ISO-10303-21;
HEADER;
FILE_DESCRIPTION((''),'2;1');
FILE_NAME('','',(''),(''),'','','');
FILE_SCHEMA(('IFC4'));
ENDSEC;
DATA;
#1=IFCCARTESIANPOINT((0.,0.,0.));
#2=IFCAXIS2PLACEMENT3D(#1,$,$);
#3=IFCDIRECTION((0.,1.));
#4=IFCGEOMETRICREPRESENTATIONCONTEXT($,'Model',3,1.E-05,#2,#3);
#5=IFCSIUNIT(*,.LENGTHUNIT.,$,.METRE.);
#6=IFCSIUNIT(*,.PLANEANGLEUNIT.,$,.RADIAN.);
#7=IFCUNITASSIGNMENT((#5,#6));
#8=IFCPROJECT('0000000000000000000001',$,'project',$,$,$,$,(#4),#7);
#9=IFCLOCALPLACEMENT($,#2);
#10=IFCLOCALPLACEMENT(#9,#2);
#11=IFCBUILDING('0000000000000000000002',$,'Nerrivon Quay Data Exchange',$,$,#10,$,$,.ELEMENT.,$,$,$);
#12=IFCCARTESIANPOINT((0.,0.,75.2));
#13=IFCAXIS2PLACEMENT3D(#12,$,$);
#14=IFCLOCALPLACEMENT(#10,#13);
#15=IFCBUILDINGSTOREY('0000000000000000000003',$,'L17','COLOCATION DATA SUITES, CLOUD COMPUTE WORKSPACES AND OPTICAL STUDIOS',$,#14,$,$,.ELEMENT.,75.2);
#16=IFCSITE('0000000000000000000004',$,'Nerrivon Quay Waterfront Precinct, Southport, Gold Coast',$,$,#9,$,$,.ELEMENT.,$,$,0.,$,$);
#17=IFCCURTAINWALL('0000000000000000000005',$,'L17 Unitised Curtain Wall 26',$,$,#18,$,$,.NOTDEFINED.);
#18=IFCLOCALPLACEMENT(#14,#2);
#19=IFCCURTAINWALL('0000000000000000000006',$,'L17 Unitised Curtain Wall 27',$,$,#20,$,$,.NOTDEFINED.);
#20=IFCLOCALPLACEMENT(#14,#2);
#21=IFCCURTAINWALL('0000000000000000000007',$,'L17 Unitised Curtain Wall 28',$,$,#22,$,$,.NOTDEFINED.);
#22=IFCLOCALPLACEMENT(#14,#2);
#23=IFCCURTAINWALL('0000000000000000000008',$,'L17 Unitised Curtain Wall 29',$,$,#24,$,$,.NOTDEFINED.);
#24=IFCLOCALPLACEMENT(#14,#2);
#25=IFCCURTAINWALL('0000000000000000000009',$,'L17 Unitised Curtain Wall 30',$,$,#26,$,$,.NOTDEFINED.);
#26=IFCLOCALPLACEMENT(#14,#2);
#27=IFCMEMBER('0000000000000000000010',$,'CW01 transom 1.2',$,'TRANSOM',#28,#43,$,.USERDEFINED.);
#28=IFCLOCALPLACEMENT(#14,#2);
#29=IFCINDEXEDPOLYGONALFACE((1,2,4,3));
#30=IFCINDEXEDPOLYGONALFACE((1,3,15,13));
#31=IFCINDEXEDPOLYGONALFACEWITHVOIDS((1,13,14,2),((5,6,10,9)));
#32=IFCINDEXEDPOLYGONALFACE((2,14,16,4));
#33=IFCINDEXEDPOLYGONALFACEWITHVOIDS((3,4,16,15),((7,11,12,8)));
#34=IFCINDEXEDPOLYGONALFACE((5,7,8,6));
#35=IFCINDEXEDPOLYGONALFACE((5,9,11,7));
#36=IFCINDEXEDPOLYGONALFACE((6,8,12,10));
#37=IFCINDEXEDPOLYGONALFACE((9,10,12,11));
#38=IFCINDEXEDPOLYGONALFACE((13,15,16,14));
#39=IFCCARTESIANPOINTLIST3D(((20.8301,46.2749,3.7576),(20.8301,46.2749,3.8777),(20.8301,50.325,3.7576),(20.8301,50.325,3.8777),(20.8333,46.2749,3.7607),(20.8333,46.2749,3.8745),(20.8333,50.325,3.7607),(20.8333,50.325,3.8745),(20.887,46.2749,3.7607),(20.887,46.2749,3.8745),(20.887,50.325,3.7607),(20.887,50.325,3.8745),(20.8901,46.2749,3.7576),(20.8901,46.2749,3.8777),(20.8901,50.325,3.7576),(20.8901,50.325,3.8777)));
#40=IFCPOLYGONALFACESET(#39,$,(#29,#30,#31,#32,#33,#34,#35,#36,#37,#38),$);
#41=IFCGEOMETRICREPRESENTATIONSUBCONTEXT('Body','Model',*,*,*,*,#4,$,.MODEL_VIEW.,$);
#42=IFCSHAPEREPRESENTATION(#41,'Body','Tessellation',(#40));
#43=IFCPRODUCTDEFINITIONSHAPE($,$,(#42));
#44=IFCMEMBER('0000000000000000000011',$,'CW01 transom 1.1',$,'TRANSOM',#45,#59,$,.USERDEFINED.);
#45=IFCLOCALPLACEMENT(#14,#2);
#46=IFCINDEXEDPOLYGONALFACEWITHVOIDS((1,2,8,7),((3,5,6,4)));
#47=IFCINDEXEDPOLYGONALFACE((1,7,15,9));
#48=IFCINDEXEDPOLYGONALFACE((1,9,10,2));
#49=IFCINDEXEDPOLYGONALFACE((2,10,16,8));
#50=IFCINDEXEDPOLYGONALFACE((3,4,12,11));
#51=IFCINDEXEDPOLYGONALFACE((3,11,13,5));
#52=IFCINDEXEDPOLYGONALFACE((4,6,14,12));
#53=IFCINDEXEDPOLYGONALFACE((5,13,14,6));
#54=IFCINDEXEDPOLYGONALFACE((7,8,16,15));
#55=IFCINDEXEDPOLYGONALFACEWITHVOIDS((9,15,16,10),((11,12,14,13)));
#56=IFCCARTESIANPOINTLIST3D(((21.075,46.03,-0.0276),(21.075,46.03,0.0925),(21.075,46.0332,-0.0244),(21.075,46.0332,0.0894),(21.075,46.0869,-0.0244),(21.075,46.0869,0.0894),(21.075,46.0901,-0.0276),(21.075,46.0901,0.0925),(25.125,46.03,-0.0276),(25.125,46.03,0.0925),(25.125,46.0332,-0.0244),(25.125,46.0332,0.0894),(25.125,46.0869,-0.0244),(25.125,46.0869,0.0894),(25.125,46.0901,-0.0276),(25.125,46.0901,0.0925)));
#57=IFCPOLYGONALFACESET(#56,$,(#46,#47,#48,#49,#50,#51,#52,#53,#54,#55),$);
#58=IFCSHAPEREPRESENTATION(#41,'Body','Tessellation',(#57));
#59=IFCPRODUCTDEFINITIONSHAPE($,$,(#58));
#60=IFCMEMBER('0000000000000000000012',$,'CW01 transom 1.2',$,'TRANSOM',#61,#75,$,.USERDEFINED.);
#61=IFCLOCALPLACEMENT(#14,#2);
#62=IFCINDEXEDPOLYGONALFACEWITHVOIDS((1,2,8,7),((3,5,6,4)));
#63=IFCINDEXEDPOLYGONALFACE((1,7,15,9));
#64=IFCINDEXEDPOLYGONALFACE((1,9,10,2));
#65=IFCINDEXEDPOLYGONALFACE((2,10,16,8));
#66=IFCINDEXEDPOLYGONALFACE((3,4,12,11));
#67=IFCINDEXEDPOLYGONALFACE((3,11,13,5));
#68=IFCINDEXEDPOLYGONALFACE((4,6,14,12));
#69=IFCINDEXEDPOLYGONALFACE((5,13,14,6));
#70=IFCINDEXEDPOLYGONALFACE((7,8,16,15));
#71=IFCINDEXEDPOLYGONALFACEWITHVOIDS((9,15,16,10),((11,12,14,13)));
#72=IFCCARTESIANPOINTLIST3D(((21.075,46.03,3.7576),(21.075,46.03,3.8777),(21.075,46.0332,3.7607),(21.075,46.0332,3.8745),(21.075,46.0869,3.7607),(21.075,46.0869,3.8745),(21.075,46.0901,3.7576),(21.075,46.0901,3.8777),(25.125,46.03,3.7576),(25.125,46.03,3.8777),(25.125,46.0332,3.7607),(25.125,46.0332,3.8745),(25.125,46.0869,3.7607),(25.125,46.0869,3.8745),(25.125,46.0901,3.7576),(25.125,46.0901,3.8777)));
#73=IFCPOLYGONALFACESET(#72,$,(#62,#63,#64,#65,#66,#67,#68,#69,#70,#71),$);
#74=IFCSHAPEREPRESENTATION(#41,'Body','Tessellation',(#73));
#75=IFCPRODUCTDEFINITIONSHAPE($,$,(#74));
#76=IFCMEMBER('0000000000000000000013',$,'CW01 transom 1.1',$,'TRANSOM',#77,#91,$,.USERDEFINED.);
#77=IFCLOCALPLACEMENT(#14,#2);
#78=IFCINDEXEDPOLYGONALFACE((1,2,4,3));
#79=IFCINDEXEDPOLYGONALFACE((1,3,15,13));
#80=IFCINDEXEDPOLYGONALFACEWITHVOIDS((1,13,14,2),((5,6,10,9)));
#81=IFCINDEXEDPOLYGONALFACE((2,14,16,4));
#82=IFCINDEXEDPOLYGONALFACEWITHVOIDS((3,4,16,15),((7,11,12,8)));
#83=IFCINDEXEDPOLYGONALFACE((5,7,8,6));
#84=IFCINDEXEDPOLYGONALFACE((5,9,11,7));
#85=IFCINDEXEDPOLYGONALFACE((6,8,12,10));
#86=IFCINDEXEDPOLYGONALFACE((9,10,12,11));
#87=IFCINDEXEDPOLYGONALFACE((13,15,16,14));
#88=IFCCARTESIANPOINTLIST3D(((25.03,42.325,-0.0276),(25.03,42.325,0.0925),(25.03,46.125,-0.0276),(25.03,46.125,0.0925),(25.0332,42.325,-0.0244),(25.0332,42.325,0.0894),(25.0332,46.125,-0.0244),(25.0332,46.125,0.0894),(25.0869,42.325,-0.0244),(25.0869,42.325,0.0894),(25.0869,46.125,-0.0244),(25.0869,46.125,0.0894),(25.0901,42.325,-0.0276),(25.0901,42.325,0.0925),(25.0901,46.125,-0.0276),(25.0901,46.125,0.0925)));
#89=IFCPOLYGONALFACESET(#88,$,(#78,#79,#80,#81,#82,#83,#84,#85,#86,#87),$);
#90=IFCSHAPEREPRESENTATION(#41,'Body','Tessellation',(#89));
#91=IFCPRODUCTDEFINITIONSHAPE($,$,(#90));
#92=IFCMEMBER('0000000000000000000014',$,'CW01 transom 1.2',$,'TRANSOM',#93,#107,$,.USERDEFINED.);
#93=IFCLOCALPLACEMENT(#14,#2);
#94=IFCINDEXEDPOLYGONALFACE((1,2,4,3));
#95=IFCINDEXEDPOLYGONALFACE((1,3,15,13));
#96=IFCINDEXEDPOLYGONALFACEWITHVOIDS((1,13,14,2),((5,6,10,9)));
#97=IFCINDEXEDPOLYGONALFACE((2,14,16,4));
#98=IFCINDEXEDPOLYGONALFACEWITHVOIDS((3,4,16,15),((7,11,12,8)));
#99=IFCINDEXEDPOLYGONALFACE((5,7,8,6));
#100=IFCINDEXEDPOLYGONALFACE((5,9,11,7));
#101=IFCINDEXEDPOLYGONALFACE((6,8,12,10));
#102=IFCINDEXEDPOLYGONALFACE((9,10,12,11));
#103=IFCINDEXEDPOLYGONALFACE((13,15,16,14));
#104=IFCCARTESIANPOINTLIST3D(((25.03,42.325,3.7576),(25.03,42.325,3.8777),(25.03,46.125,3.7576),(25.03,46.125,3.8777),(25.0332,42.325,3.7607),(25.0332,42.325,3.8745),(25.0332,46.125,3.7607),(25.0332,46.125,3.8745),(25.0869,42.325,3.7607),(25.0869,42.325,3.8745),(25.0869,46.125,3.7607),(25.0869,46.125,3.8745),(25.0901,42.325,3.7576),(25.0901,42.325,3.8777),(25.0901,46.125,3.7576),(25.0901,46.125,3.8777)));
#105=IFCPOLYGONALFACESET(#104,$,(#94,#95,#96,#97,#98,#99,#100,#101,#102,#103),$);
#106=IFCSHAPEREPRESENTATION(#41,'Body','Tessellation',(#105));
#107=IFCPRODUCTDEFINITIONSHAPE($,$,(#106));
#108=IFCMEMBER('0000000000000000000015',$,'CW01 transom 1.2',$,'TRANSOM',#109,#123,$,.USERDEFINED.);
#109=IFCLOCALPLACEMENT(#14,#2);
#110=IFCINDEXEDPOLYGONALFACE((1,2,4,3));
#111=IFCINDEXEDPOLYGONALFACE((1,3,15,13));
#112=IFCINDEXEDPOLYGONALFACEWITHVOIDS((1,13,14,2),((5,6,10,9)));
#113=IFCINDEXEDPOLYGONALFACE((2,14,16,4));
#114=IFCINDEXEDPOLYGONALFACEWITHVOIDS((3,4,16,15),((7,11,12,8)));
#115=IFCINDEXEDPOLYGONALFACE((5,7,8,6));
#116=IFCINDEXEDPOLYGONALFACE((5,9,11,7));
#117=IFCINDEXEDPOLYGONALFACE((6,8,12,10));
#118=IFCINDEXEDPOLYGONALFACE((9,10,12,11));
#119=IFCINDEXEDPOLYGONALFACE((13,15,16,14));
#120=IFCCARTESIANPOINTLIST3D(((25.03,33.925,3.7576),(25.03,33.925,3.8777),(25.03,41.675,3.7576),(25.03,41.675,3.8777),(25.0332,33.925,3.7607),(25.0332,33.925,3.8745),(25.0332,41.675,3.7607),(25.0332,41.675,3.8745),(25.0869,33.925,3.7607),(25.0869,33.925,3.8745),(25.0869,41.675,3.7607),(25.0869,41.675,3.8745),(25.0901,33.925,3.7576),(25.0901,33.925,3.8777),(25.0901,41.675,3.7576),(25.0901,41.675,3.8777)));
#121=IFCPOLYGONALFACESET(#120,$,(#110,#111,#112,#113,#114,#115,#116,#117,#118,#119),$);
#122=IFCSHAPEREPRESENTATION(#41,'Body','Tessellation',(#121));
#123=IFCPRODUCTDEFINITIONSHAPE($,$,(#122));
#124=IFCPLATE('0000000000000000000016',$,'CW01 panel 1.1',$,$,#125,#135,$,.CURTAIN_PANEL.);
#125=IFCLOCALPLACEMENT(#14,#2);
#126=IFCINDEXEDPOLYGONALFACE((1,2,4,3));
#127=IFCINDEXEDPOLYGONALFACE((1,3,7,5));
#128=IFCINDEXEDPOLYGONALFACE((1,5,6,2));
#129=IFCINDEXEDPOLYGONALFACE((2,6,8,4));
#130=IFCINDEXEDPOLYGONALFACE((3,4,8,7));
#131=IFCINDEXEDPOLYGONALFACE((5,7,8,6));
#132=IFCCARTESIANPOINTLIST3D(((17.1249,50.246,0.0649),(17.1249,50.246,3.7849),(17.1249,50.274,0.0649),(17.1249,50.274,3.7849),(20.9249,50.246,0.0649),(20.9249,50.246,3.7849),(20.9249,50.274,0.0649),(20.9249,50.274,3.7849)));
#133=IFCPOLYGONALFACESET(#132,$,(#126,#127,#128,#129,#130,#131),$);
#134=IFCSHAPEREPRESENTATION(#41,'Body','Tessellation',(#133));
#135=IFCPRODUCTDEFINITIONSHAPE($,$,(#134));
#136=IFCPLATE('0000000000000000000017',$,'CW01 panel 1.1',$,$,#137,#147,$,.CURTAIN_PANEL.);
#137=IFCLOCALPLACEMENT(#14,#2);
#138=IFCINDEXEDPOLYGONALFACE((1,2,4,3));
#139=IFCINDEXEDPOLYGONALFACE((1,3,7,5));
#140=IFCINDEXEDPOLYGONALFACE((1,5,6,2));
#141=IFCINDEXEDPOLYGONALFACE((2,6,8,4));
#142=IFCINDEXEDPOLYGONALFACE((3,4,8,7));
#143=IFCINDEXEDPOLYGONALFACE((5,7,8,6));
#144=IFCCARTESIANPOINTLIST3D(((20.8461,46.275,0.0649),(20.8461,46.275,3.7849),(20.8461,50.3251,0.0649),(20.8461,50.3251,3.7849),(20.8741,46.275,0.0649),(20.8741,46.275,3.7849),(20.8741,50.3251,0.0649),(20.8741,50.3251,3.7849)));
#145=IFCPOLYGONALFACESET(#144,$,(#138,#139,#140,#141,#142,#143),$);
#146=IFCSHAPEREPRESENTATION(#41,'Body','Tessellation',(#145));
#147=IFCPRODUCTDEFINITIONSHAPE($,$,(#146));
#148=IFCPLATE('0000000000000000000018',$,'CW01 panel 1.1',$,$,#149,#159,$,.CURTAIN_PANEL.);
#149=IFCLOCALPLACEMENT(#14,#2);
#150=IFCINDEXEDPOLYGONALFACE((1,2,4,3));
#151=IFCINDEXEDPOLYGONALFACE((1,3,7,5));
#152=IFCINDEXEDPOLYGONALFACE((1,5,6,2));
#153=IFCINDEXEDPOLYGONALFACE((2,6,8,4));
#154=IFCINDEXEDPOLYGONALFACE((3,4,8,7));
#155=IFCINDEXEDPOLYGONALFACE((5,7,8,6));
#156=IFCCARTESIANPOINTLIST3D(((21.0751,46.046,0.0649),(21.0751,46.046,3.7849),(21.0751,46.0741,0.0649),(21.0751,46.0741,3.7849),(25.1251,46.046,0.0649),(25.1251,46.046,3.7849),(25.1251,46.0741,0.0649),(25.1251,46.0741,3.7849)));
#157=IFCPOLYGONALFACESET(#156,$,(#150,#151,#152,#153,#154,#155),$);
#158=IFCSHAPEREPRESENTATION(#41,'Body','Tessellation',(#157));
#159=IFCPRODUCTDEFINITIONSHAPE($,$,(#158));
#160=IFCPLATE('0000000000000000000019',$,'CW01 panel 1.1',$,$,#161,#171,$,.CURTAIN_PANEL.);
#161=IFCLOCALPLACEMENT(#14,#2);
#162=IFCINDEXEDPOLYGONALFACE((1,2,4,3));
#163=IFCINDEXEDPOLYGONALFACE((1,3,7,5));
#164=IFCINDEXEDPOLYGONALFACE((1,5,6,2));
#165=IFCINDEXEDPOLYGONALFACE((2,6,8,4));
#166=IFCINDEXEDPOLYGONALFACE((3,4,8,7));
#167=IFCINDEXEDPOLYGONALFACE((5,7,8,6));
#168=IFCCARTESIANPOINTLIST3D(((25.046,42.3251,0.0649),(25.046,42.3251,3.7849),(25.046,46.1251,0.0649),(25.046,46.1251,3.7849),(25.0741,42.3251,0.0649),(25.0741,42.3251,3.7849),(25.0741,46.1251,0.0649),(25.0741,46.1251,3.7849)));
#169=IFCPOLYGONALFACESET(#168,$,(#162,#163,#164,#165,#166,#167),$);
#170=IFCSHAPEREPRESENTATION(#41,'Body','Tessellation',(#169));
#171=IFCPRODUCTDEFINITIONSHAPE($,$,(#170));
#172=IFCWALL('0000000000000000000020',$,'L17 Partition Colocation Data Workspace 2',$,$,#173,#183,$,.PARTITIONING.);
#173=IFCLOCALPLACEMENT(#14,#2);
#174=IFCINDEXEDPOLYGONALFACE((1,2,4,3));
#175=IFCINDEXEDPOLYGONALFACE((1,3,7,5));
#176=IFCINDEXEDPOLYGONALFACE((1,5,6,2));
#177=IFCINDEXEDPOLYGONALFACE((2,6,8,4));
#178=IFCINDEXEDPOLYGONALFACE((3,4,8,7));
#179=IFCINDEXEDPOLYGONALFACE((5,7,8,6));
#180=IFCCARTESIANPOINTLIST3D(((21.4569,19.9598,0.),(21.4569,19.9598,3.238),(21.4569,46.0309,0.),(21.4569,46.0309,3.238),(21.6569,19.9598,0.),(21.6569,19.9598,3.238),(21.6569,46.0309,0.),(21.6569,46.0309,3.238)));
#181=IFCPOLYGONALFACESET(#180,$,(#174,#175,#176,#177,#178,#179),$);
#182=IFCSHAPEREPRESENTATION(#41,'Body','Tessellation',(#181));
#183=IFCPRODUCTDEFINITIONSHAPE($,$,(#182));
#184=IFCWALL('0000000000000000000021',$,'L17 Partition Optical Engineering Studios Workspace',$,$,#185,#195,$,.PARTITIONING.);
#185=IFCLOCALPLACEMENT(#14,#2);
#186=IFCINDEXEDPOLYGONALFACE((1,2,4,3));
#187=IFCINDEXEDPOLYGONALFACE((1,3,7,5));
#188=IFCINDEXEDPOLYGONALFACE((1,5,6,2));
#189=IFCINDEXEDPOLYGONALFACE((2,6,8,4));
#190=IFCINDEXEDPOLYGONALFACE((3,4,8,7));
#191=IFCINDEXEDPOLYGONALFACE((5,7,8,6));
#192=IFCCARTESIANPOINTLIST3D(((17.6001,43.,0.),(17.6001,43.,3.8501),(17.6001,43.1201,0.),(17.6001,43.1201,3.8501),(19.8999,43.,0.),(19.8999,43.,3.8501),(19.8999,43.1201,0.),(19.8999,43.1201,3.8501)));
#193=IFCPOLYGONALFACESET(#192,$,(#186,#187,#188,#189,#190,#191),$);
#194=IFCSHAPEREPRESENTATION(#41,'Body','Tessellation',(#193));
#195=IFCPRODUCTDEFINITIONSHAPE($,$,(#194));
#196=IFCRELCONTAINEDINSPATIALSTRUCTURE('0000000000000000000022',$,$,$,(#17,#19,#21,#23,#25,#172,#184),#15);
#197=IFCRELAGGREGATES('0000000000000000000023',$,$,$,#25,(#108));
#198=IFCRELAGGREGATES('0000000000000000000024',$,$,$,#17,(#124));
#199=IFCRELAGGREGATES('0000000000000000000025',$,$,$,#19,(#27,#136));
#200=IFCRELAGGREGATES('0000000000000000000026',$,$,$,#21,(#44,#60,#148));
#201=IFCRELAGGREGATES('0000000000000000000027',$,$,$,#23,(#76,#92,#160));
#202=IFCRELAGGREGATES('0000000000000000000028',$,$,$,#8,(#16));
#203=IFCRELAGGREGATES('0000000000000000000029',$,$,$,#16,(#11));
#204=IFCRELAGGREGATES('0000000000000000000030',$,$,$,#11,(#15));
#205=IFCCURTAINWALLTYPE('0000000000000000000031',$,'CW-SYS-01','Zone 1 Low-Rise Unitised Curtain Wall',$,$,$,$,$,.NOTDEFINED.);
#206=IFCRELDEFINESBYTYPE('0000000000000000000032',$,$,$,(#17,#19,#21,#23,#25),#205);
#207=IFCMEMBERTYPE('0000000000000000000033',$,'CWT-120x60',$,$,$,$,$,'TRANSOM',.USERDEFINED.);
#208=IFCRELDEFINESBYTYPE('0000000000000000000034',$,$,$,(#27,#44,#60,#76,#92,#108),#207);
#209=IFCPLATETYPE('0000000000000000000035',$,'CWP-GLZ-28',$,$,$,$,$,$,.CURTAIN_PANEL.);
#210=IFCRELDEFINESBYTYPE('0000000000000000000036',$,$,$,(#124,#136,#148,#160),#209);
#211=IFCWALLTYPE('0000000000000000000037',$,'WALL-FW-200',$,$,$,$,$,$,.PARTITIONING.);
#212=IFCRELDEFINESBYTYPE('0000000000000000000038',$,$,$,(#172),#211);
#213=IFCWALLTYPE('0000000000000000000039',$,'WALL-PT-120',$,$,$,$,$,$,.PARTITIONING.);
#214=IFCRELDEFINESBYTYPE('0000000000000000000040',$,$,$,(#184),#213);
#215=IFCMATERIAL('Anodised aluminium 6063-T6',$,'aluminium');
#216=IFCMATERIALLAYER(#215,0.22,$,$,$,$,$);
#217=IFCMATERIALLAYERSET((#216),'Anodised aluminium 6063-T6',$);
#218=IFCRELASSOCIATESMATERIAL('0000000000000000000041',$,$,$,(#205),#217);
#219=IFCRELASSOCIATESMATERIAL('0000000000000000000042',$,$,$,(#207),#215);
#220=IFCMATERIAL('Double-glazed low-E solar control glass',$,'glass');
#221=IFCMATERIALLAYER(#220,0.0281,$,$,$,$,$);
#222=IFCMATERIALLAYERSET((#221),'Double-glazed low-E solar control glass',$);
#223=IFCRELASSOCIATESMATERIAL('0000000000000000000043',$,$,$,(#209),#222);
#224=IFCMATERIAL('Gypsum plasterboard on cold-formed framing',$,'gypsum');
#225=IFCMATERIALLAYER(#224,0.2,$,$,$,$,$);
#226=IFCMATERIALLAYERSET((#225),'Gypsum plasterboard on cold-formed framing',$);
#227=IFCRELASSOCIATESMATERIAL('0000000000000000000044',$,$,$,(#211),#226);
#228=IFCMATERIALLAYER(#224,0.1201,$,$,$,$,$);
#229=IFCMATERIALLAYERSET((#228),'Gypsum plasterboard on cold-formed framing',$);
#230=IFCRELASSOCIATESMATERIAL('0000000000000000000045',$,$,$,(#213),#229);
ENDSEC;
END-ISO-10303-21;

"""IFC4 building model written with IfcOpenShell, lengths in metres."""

from ifc_helpers import new_model, si_unit, direction, frame, frame_2d, origin, origin_2d, place, context, subcontext, project, spatial, rectangle, hollow_rectangle, extrude, material, layer, layer_set, material_profile, profile_set, type_object, element, aggregate, save


model = new_model("IFC4")

# Units and contexts
model_context = context("Model", 3, precision=1e-05, world=origin(), true_north=direction((0.0, 1.0)))
body_context = subcontext(model_context, "Body", "Model", "MODEL_VIEW")
ifc_project = project(units=[si_unit("LENGTHUNIT", "METRE"), si_unit("PLANEANGLEUNIT", "RADIAN")], contexts=[model_context])

# Site, building, storey
site_placement = place(None, origin())
site = spatial("IfcSite", under=ifc_project, at=site_placement, Name="Nerrivon Quay Waterfront Precinct, Southport, Gold Coast", CompositionType="ELEMENT", RefElevation=0.0)
building_placement = place(site_placement, origin())
building = spatial("IfcBuilding", under=site, at=building_placement, Name="Nerrivon Quay Data Exchange", CompositionType="ELEMENT")
storey_placement = place(building_placement, frame((0.0, 0.0, 75.2)))
storey = spatial("IfcBuildingStorey", under=building, at=storey_placement, Name="L17", Description="COLOCATION DATA SUITES, CLOUD COMPUTE WORKSPACES AND OPTICAL STUDIOS", CompositionType="ELEMENT", Elevation=75.2)

# Curtain wall
ifc_material_1 = material(Name="Anodised aluminium 6063-T6", Category="aluminium")
ifc_layer_1 = layer(ifc_material_1, 0.22)
ifc_layer_set_1 = layer_set([ifc_layer_1], Name="Anodised aluminium 6063-T6")
curtain_wall_type = type_object("IfcCurtainWallType", Name="CW-SYS-01", Description="Zone 1 Low-Rise Unitised Curtain Wall", PredefinedType="NOTDEFINED", material=ifc_layer_set_1)
curtain_wall_1_placement = place(storey_placement, origin())
curtain_wall_1 = element("IfcCurtainWall", 1, at=curtain_wall_1_placement, inside=storey, type_object=curtain_wall_type, Name="L17 Unitised Curtain Wall 26", PredefinedType="NOTDEFINED")

# Curtain walls
curtain_wall_2_placement = place(storey_placement, origin())
curtain_wall_2 = element("IfcCurtainWall", 2, at=curtain_wall_2_placement, inside=storey, type_object=curtain_wall_type, Name="L17 Unitised Curtain Wall 27", PredefinedType="NOTDEFINED")
curtain_wall_3_placement = place(storey_placement, origin())
curtain_wall_3 = element("IfcCurtainWall", 3, at=curtain_wall_3_placement, inside=storey, type_object=curtain_wall_type, Name="L17 Unitised Curtain Wall 28", PredefinedType="NOTDEFINED")
curtain_wall_4_placement = place(storey_placement, origin())
curtain_wall_4 = element("IfcCurtainWall", 4, at=curtain_wall_4_placement, inside=storey, type_object=curtain_wall_type, Name="L17 Unitised Curtain Wall 29", PredefinedType="NOTDEFINED")

# Curtain wall
curtain_wall_5_placement = place(storey_placement, origin())
curtain_wall_5 = element("IfcCurtainWall", 5, at=curtain_wall_5_placement, inside=storey, type_object=curtain_wall_type, Name="L17 Unitised Curtain Wall 30", PredefinedType="NOTDEFINED")

# Members
ifc_material_profile_1 = material_profile(ifc_material_1, hollow_rectangle(XDim=0.0601, YDim=0.1201, WallThickness=0.0032, at=origin_2d()), Name="ALU-TRAN-120x60")
ifc_profile_set_1 = profile_set([ifc_material_profile_1], Name="Anodised aluminium 6063-T6")
member_type_1 = type_object("IfcMemberType", Name="CWT-120x60", ElementType="TRANSOM", PredefinedType="USERDEFINED", material=ifc_profile_set_1)
member_1_placement = place(storey_placement, frame((20.8601, 50.325, 3.8176), z_axis=(0.0, -1.0, 0.0), x_axis=(1.0, 0.0, 0.0)))
member_1 = element("IfcMember", 6, at=member_1_placement, type_object=member_type_1, Name="CW01 transom 1.2", ObjectType="TRANSOM", PredefinedType="USERDEFINED", context=body_context, shape_type="SweptSolid", body=[
    extrude(hollow_rectangle(XDim=0.0601, YDim=0.1201, WallThickness=0.0032, at=origin_2d()), origin(), (0.0, 0.0, 1.0), 4.05),
])
member_2_placement = place(storey_placement, frame((21.075, 46.0601, 0.0325), z_axis=(1.0, 0.0, 0.0), x_axis=(0.0, 1.0, 0.0)))
member_2 = element("IfcMember", 7, at=member_2_placement, type_object=member_type_1, Name="CW01 transom 1.1", ObjectType="TRANSOM", PredefinedType="USERDEFINED", context=body_context, shape_type="SweptSolid", body=[
    extrude(hollow_rectangle(XDim=0.0601, YDim=0.1201, WallThickness=0.0032, at=origin_2d()), origin(), (0.0, 0.0, 1.0), 4.05),
])
member_3_placement = place(storey_placement, frame((21.075, 46.0601, 3.8176), z_axis=(1.0, 0.0, 0.0), x_axis=(0.0, 1.0, 0.0)))
member_3 = element("IfcMember", 8, at=member_3_placement, type_object=member_type_1, Name="CW01 transom 1.2", ObjectType="TRANSOM", PredefinedType="USERDEFINED", context=body_context, shape_type="SweptSolid", body=[
    extrude(hollow_rectangle(XDim=0.0601, YDim=0.1201, WallThickness=0.0032, at=origin_2d()), origin(), (0.0, 0.0, 1.0), 4.05),
])
member_4_placement = place(storey_placement, frame((25.0601, 46.125, 0.0325), z_axis=(0.0, -1.0, 0.0), x_axis=(1.0, 0.0, 0.0)))
member_4 = element("IfcMember", 9, at=member_4_placement, type_object=member_type_1, Name="CW01 transom 1.1", ObjectType="TRANSOM", PredefinedType="USERDEFINED", context=body_context, shape_type="SweptSolid", body=[
    extrude(hollow_rectangle(XDim=0.0601, YDim=0.1201, WallThickness=0.0032, at=origin_2d()), origin(), (0.0, 0.0, 1.0), 3.8),
])
member_5_placement = place(storey_placement, frame((25.0601, 46.125, 3.8176), z_axis=(0.0, -1.0, 0.0), x_axis=(1.0, 0.0, 0.0)))
member_5 = element("IfcMember", 10, at=member_5_placement, type_object=member_type_1, Name="CW01 transom 1.2", ObjectType="TRANSOM", PredefinedType="USERDEFINED", context=body_context, shape_type="SweptSolid", body=[
    extrude(hollow_rectangle(XDim=0.0601, YDim=0.1201, WallThickness=0.0032, at=origin_2d()), origin(), (0.0, 0.0, 1.0), 3.8),
])
member_6_placement = place(storey_placement, frame((25.0601, 41.675, 3.8176), z_axis=(0.0, -1.0, 0.0), x_axis=(1.0, 0.0, 0.0)))
member_6 = element("IfcMember", 11, at=member_6_placement, type_object=member_type_1, Name="CW01 transom 1.2", ObjectType="TRANSOM", PredefinedType="USERDEFINED", context=body_context, shape_type="SweptSolid", body=[
    extrude(hollow_rectangle(XDim=0.0601, YDim=0.1201, WallThickness=0.0032, at=origin_2d()), origin(), (0.0, 0.0, 1.0), 7.75),
])
aggregate(curtain_wall_5, [member_6])

# Plates
ifc_material_2 = material(Name="Double-glazed low-E solar control glass", Category="glass")
ifc_layer_2 = layer(ifc_material_2, 0.0281)
ifc_layer_set_2 = layer_set([ifc_layer_2], Name="Double-glazed low-E solar control glass")
plate_type = type_object("IfcPlateType", Name="CWP-GLZ-28", PredefinedType="CURTAIN_PANEL", material=ifc_layer_set_2)
plate_1_placement = place(storey_placement, frame((19.0249, 50.26, 0.0649), z_axis=(0.0, 0.0, 1.0), x_axis=(1.0, 0.0, 0.0)))
plate_1 = element("IfcPlate", 12, at=plate_1_placement, type_object=plate_type, Name="CW01 panel 1.1", PredefinedType="CURTAIN_PANEL", context=body_context, shape_type="SweptSolid", body=[
    extrude(rectangle(XDim=3.8, YDim=0.0281, at=origin_2d()), origin(), (0.0, 0.0, 1.0), 3.72),
])
aggregate(curtain_wall_1, [plate_1])
plate_2_placement = place(storey_placement, frame((20.8601, 48.3, 0.0649), z_axis=(0.0, 0.0, 1.0), x_axis=(0.0, -1.0, 0.0)))
plate_2 = element("IfcPlate", 13, at=plate_2_placement, type_object=plate_type, Name="CW01 panel 1.1", PredefinedType="CURTAIN_PANEL", context=body_context, shape_type="SweptSolid", body=[
    extrude(rectangle(XDim=4.05, YDim=0.0281, at=origin_2d()), origin(), (0.0, 0.0, 1.0), 3.72),
])
aggregate(curtain_wall_2, [member_1, plate_2])
plate_3_placement = place(storey_placement, frame((23.1001, 46.0601, 0.0649), z_axis=(0.0, 0.0, 1.0), x_axis=(1.0, 0.0, 0.0)))
plate_3 = element("IfcPlate", 14, at=plate_3_placement, type_object=plate_type, Name="CW01 panel 1.1", PredefinedType="CURTAIN_PANEL", context=body_context, shape_type="SweptSolid", body=[
    extrude(rectangle(XDim=4.05, YDim=0.0281, at=origin_2d()), origin(), (0.0, 0.0, 1.0), 3.72),
])
aggregate(curtain_wall_3, [member_2, member_3, plate_3])
plate_4_placement = place(storey_placement, frame((25.0601, 44.2251, 0.0649), z_axis=(0.0, 0.0, 1.0), x_axis=(0.0, -1.0, 0.0)))
plate_4 = element("IfcPlate", 15, at=plate_4_placement, type_object=plate_type, Name="CW01 panel 1.1", PredefinedType="CURTAIN_PANEL", context=body_context, shape_type="SweptSolid", body=[
    extrude(rectangle(XDim=3.8, YDim=0.0281, at=origin_2d()), origin(), (0.0, 0.0, 1.0), 3.72),
])
aggregate(curtain_wall_4, [member_4, member_5, plate_4])

# Walls
ifc_material_3 = material(Name="Gypsum plasterboard on cold-formed framing", Category="gypsum")
ifc_layer_3 = layer(ifc_material_3, 0.2)
ifc_layer_set_3 = layer_set([ifc_layer_3], Name="Gypsum plasterboard on cold-formed framing")
wall_type_1 = type_object("IfcWallType", Name="WALL-FW-200", PredefinedType="PARTITIONING", material=ifc_layer_set_3)
wall_1_placement = place(storey_placement, frame((21.5569, 46.031, 0.0), z_axis=(0.0, 0.0, 1.0), x_axis=(0.0, -1.0, 0.0)))
element("IfcWall", 16, at=wall_1_placement, inside=storey, type_object=wall_type_1, Name="L17 Partition Colocation Data Workspace 2", PredefinedType="PARTITIONING", context=body_context, shape_type="SweptSolid", body=[
    extrude(rectangle(XDim=26.071, YDim=0.2, at=frame_2d((13.0356, 0.0))), origin(), (0.0, 0.0, 1.0), 3.238),
])
ifc_layer_4 = layer(ifc_material_3, 0.1201)
ifc_layer_set_4 = layer_set([ifc_layer_4], Name="Gypsum plasterboard on cold-formed framing")
wall_type_2 = type_object("IfcWallType", Name="WALL-PT-120", PredefinedType="PARTITIONING", material=ifc_layer_set_4)
wall_2_placement = place(storey_placement, frame((17.6001, 43.0601, 0.0), z_axis=(0.0, 0.0, 1.0), x_axis=(1.0, 0.0, 0.0)))
element("IfcWall", 17, at=wall_2_placement, inside=storey, type_object=wall_type_2, Name="L17 Partition Optical Engineering Studios Workspace", PredefinedType="PARTITIONING", context=body_context, shape_type="SweptSolid", body=[
    extrude(rectangle(XDim=2.2998, YDim=0.1201, at=frame_2d((1.1499, 0.0))), origin(), (0.0, 0.0, 1.0), 3.8501),
])

save(model, "model.ifc")
